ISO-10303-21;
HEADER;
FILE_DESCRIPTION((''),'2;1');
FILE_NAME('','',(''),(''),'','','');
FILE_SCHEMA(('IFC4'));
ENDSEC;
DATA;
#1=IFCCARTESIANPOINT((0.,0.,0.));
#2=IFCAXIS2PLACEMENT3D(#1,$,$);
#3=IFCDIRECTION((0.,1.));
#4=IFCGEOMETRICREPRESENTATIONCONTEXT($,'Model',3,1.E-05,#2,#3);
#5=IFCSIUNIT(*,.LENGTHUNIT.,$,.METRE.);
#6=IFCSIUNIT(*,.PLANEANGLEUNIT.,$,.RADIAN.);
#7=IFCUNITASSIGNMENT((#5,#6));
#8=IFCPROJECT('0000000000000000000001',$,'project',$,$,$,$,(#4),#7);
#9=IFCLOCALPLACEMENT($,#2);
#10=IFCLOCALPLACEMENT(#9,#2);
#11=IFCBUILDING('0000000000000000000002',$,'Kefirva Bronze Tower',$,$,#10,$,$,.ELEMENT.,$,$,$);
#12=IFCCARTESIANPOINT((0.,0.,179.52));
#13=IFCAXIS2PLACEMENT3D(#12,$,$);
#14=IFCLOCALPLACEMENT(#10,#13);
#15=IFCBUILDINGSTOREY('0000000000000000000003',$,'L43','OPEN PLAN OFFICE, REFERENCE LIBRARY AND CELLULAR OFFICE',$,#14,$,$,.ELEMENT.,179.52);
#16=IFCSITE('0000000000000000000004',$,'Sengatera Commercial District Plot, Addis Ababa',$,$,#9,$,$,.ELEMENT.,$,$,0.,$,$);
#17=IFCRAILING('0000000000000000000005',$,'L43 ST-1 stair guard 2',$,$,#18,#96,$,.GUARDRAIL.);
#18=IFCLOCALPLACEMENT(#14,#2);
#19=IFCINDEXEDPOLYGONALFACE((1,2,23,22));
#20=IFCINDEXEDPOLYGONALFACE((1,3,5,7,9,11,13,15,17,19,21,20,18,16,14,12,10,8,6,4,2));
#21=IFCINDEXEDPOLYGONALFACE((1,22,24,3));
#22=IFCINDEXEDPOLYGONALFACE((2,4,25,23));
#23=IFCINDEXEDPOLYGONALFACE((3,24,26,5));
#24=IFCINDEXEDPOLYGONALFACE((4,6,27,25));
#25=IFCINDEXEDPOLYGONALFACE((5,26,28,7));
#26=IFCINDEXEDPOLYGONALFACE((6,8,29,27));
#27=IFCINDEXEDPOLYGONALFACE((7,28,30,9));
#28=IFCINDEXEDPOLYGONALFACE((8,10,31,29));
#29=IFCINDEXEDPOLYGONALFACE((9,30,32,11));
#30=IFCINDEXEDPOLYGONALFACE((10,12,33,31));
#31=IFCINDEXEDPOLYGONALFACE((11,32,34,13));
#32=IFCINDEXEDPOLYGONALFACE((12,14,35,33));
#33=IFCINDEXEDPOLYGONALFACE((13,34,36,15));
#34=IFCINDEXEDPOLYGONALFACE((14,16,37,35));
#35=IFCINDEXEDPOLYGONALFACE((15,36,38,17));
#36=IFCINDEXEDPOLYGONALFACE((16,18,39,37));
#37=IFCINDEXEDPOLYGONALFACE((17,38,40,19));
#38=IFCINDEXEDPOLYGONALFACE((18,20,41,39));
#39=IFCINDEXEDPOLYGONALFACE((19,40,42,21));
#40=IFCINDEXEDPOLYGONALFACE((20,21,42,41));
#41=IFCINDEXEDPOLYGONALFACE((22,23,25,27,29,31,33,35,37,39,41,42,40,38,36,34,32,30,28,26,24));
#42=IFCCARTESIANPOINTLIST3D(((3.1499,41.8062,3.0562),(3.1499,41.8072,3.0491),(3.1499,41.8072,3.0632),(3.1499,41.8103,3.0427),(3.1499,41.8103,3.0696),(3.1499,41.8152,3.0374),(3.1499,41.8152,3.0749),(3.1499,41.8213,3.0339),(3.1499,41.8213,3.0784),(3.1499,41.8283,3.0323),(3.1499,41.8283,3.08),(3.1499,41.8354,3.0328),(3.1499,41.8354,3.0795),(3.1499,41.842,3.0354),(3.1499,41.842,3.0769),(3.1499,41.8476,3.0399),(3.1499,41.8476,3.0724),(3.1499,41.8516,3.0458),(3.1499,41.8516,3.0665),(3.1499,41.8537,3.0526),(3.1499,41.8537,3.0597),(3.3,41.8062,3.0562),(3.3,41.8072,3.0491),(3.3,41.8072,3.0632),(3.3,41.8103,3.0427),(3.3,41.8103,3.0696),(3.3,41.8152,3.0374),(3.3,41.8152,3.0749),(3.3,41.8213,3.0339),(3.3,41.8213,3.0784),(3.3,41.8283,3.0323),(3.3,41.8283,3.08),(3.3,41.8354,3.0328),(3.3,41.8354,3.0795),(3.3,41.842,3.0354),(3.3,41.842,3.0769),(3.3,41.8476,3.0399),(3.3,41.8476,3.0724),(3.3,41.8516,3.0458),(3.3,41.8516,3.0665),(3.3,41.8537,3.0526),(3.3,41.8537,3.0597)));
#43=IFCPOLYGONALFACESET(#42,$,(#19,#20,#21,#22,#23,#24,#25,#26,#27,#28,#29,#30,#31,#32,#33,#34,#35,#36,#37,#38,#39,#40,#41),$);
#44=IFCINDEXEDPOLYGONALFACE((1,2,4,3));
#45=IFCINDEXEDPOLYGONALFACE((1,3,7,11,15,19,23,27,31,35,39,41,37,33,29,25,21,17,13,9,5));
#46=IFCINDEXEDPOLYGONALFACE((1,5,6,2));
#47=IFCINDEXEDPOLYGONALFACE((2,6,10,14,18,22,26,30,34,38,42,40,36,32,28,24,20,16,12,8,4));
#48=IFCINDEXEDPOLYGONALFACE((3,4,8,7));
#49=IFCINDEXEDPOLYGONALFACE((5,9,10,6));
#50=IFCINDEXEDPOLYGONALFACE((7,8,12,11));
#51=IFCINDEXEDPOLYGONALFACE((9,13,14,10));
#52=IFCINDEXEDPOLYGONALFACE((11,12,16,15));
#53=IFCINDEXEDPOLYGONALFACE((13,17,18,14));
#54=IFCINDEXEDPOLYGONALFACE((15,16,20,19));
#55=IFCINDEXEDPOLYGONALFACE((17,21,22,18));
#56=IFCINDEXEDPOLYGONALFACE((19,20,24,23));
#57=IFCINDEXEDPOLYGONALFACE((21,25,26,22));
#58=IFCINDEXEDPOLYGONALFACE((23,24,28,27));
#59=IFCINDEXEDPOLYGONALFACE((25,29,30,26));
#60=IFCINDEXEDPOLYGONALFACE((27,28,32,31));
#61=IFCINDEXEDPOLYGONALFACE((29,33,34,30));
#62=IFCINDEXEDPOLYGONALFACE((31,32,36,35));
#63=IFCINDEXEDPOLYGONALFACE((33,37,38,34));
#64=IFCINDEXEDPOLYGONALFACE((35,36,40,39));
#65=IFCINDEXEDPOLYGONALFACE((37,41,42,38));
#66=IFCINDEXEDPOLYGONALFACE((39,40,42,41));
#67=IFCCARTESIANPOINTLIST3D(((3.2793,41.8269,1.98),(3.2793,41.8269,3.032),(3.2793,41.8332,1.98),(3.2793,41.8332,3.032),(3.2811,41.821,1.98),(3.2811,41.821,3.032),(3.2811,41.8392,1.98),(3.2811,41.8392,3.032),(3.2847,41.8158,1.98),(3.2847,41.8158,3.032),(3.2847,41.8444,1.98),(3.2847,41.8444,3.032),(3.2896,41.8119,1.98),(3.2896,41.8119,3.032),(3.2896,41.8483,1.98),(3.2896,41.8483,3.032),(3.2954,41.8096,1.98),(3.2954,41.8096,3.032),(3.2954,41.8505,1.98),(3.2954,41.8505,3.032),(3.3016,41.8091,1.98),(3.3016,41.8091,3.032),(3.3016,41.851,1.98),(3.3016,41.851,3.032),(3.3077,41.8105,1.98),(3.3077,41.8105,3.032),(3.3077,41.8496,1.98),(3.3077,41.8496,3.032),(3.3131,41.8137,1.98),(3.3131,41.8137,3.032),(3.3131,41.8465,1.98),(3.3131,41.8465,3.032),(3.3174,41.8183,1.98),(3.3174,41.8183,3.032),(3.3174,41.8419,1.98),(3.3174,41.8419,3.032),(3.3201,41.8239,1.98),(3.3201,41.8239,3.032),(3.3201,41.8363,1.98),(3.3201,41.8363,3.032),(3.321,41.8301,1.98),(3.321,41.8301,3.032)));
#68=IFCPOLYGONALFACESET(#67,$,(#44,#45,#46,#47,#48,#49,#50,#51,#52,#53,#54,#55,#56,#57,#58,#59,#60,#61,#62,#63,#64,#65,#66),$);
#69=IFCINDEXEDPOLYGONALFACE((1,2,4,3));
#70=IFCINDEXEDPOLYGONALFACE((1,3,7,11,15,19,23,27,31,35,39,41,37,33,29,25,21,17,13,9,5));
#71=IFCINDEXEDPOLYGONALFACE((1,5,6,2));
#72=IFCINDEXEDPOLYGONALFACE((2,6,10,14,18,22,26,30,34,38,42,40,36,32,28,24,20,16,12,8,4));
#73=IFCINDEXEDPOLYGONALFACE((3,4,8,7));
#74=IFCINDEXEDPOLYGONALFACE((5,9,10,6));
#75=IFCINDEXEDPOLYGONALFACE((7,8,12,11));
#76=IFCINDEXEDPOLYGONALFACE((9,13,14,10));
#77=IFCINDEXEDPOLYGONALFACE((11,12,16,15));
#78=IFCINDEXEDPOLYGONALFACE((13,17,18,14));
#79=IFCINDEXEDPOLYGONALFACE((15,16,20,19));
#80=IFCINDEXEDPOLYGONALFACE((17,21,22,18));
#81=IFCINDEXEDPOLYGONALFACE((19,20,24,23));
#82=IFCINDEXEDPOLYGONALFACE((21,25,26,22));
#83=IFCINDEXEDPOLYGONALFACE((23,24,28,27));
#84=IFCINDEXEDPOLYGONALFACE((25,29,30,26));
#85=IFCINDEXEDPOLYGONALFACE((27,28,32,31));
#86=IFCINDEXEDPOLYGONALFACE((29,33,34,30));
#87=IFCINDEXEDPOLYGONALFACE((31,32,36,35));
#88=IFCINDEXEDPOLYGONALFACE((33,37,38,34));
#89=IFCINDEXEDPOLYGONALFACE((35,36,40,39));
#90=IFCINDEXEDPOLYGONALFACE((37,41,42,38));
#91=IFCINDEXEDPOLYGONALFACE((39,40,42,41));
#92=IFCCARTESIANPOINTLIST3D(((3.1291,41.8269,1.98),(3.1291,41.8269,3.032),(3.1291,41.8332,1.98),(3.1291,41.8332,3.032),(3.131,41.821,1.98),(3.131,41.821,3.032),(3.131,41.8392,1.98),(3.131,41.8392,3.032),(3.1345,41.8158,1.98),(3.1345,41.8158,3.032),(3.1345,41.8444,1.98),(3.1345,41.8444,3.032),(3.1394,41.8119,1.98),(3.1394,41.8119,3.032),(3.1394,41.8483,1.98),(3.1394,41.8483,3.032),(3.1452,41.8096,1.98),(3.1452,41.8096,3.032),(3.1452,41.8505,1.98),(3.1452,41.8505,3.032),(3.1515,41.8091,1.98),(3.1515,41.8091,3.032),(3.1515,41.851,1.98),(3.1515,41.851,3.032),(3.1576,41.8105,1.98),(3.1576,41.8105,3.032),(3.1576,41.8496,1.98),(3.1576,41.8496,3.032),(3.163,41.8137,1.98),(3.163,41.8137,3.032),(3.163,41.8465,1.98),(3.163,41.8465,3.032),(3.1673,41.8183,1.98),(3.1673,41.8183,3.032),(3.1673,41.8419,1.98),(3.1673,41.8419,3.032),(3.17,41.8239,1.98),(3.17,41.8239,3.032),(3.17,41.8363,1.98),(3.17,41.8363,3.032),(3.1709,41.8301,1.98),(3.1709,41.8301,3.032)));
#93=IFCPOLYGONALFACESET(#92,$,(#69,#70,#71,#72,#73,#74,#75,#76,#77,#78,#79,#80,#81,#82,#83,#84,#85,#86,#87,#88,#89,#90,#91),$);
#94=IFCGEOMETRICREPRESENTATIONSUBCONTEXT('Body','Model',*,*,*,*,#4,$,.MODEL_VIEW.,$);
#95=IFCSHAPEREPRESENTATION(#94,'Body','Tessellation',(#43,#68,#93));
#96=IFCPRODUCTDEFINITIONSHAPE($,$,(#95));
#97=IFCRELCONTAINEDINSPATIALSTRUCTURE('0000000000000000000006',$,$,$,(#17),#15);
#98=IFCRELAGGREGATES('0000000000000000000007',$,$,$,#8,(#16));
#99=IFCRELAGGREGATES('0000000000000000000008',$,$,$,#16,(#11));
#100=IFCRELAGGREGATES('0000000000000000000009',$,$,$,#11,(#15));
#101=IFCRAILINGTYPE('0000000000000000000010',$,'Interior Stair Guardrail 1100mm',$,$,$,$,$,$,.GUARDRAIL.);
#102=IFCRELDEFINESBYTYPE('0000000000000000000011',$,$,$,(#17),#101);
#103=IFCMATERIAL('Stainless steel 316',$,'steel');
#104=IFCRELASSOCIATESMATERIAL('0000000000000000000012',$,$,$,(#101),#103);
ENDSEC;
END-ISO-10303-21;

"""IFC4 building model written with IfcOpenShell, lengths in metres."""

from ifc_helpers import new_model, si_unit, direction, frame, origin, origin_2d, place, context, subcontext, project, spatial, circle, extrude, material, type_object, element, save


model = new_model("IFC4")

# Units and contexts
model_context = context("Model", 3, precision=1e-05, world=origin(), true_north=direction((0.0, 1.0)))
body_context = subcontext(model_context, "Body", "Model", "MODEL_VIEW")
ifc_project = project(units=[si_unit("LENGTHUNIT", "METRE"), si_unit("PLANEANGLEUNIT", "RADIAN")], contexts=[model_context])

# Site, building, storey
site_placement = place(None, origin())
site = spatial("IfcSite", under=ifc_project, at=site_placement, Name="Sengatera Commercial District Plot, Addis Ababa", CompositionType="ELEMENT", RefElevation=0.0)
building_placement = place(site_placement, origin())
building = spatial("IfcBuilding", under=site, at=building_placement, Name="Kefirva Bronze Tower", CompositionType="ELEMENT")
storey_placement = place(building_placement, frame((0.0, 0.0, 179.52)))
storey = spatial("IfcBuildingStorey", under=building, at=storey_placement, Name="L43", Description="OPEN PLAN OFFICE, REFERENCE LIBRARY AND CELLULAR OFFICE", CompositionType="ELEMENT", Elevation=179.52)

# Railing
ifc_material_1 = material(Name="Stainless steel 316", Category="steel")
railing_type_1 = type_object("IfcRailingType", Name="Interior Stair Guardrail 1100mm", PredefinedType="GUARDRAIL", material=ifc_material_1)
railing_1_placement = place(storey_placement, frame((3.3, 41.8301, 1.98)))
element("IfcRailing", 1, at=railing_1_placement, inside=storey, type_object=railing_type_1, Name="L43 ST-1 stair guard 2", PredefinedType="GUARDRAIL", context=body_context, shape_type="SweptSolid", body=[
    extrude(circle(Radius=0.0239, at=origin_2d()), frame((0.0, 0.0, 1.0762), z_axis=(-1.0, 0.0, 0.0), x_axis=(0.0, -1.0, 0.0)), (0.0, 0.0, 1.0), 0.1501),
    extrude(circle(Radius=0.021, at=origin_2d()), origin(), (0.0, 0.0, 1.0), 1.052),
    extrude(circle(Radius=0.021, at=origin_2d()), frame((-0.1501, 0.0, 0.0)), (0.0, 0.0, 1.0), 1.052),
])

save(model, "model.ifc")
